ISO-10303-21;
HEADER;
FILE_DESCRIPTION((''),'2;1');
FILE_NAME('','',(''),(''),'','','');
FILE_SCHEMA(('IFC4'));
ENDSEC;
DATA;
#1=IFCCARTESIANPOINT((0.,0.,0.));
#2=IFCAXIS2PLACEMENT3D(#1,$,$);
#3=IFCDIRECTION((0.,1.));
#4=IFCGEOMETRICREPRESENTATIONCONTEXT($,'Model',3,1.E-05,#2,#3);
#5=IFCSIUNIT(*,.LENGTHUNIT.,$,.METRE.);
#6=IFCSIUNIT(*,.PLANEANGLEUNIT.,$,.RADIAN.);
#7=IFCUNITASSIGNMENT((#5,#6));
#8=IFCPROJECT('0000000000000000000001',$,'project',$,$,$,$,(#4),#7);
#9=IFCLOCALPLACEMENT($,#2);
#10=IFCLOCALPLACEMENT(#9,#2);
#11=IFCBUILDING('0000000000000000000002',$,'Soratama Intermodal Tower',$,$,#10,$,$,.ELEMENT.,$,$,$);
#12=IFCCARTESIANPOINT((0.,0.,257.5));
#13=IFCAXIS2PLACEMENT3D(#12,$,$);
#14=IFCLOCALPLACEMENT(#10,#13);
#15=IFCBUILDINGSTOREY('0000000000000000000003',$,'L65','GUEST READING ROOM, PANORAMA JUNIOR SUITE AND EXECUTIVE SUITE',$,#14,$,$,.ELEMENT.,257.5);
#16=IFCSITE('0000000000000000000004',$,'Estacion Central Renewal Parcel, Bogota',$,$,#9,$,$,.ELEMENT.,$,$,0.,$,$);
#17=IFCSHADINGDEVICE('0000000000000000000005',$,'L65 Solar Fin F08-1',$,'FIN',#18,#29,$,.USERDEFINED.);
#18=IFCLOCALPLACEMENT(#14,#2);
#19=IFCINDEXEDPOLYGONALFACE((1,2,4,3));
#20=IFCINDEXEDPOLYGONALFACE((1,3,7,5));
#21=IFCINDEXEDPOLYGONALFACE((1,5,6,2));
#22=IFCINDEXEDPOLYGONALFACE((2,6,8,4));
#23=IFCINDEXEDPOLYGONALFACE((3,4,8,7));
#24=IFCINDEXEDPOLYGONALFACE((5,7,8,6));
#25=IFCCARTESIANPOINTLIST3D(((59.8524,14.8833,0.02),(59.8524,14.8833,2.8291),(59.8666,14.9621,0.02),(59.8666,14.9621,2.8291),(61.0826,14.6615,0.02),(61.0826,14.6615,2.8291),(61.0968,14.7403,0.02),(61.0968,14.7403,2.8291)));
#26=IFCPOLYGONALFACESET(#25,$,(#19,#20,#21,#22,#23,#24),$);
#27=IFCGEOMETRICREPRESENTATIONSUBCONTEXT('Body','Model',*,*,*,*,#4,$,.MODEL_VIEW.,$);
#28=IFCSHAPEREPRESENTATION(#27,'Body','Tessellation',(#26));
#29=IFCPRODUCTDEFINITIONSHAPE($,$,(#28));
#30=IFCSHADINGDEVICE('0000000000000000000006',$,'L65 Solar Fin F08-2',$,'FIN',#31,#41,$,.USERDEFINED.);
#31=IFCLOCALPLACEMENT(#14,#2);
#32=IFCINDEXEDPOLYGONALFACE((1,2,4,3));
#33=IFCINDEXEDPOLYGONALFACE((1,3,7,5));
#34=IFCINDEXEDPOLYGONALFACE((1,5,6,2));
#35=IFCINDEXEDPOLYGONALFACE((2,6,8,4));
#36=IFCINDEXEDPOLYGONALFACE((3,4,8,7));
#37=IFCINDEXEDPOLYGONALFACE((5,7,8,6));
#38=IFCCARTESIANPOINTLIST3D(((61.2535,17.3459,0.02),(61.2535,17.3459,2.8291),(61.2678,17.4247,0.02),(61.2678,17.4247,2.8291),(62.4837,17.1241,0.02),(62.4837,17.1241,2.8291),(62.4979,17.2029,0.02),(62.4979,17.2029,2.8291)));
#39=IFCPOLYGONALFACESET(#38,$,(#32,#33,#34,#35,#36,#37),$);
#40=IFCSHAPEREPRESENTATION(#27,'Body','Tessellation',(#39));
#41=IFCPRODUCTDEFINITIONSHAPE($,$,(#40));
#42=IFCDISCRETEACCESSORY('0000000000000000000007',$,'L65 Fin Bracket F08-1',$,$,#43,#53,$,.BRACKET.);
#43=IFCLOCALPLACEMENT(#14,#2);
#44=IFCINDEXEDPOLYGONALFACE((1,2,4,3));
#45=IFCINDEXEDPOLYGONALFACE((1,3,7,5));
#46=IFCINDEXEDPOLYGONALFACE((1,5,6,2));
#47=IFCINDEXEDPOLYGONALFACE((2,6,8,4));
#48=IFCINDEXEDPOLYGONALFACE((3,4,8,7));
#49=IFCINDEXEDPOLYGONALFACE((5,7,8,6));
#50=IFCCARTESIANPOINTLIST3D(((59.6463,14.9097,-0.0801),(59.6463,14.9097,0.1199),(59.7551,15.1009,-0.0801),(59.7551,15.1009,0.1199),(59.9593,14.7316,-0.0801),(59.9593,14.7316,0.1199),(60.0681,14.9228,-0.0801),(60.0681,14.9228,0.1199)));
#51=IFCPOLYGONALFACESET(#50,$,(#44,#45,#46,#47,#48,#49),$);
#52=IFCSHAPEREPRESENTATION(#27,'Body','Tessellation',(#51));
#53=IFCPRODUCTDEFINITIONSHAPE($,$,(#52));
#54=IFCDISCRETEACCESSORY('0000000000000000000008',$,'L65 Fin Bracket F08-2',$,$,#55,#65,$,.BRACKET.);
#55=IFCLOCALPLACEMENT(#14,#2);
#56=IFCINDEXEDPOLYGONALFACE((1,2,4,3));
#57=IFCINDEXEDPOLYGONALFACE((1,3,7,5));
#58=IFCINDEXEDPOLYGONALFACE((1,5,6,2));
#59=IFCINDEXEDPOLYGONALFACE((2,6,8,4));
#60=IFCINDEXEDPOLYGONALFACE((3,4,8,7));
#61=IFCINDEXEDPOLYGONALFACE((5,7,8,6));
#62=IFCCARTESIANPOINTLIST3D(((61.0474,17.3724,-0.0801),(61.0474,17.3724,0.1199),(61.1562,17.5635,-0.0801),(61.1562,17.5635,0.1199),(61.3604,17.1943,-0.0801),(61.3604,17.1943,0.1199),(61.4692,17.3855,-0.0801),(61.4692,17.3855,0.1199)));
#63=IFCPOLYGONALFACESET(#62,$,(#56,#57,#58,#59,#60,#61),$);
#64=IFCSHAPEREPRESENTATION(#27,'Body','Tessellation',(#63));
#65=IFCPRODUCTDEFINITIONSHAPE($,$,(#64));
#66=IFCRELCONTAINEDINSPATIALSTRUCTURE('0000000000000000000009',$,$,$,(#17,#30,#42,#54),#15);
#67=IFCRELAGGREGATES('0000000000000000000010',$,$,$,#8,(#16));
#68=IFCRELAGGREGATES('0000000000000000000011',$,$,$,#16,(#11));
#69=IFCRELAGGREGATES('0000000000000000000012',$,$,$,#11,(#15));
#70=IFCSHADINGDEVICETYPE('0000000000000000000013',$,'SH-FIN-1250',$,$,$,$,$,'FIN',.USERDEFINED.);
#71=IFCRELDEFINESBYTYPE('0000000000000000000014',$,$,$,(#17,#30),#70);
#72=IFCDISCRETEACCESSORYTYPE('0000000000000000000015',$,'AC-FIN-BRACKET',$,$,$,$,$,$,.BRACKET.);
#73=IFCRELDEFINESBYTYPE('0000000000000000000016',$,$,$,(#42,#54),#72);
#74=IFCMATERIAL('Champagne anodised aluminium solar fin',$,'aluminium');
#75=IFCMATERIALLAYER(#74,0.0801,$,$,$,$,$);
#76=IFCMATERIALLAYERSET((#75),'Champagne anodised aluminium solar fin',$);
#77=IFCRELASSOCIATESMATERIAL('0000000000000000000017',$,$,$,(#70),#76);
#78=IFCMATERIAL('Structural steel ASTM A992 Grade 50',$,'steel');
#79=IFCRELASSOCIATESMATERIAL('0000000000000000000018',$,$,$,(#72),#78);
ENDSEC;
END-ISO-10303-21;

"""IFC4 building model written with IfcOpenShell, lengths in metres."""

from ifc_helpers import new_model, si_unit, direction, frame, origin, origin_2d, place, context, subcontext, project, spatial, rectangle, extrude, material, layer, layer_set, type_object, element, save


model = new_model("IFC4")

# Units and contexts
model_context = context("Model", 3, precision=1e-05, world=origin(), true_north=direction((0.0, 1.0)))
body_context = subcontext(model_context, "Body", "Model", "MODEL_VIEW")
ifc_project = project(units=[si_unit("LENGTHUNIT", "METRE"), si_unit("PLANEANGLEUNIT", "RADIAN")], contexts=[model_context])

# Site, building, storey
site_placement = place(None, origin())
site = spatial("IfcSite", under=ifc_project, at=site_placement, Name="Estacion Central Renewal Parcel, Bogota", CompositionType="ELEMENT", RefElevation=0.0)
building_placement = place(site_placement, origin())
building = spatial("IfcBuilding", under=site, at=building_placement, Name="Soratama Intermodal Tower", CompositionType="ELEMENT")
storey_placement = place(building_placement, frame((0.0, 0.0, 257.5)))
storey = spatial("IfcBuildingStorey", under=building, at=storey_placement, Name="L65", Description="GUEST READING ROOM, PANORAMA JUNIOR SUITE AND EXECUTIVE SUITE", CompositionType="ELEMENT", Elevation=257.5)

# Shading devices
ifc_material_1 = material(Name="Champagne anodised aluminium solar fin", Category="aluminium")
ifc_layer_1 = layer(ifc_material_1, 0.0801)
ifc_layer_set_1 = layer_set([ifc_layer_1], Name="Champagne anodised aluminium solar fin")
shading_device_type = type_object("IfcShadingDeviceType", Name="SH-FIN-1250", ElementType="FIN", PredefinedType="USERDEFINED", material=ifc_layer_set_1)
for number, where, z_axis, x_axis, name in (
    (1, (60.4746, 14.8118, 0.02), (0.0, 0.0, 1.0), (0.984134, -0.177428, 0.0), "L65 Solar Fin F08-1"),
    (2, (61.8757, 17.2744, 0.02), (0.0, 0.0, 1.0), (0.984134, -0.177428, 0.0), "L65 Solar Fin F08-2"),
):
    element("IfcShadingDevice", number, at=place(storey_placement, frame(where, z_axis=z_axis, x_axis=x_axis)), inside=storey, type_object=shading_device_type, Name=name, ObjectType="FIN", PredefinedType="USERDEFINED", context=body_context, shape_type="SweptSolid", body=[
        extrude(rectangle(XDim=1.25, YDim=0.0801, at=origin_2d()), origin(), (0.0, 0.0, 1.0), 2.8091),
    ])

# Discrete accessories
ifc_material_2 = material(Name="Structural steel ASTM A992 Grade 50", Category="steel")
discrete_accessory_type = type_object("IfcDiscreteAccessoryType", Name="AC-FIN-BRACKET", PredefinedType="BRACKET", material=ifc_material_2)
for number, where, z_axis, x_axis, name in (
    (3, (59.8572, 14.9163, -0.0801), (0.0, 0.0, 1.0), (0.86915, -0.494549, 0.0), "L65 Fin Bracket F08-1"),
    (4, (61.2583, 17.3789, -0.0801), (0.0, 0.0, 1.0), (0.86915, -0.494549, 0.0), "L65 Fin Bracket F08-2"),
):
    element("IfcDiscreteAccessory", number, at=place(storey_placement, frame(where, z_axis=z_axis, x_axis=x_axis)), inside=storey, type_object=discrete_accessory_type, Name=name, PredefinedType="BRACKET", context=body_context, shape_type="SweptSolid", body=[
        extrude(rectangle(XDim=0.3601, YDim=0.22, at=origin_2d()), origin(), (0.0, 0.0, 1.0), 0.2),
    ])

save(model, "model.ifc")
